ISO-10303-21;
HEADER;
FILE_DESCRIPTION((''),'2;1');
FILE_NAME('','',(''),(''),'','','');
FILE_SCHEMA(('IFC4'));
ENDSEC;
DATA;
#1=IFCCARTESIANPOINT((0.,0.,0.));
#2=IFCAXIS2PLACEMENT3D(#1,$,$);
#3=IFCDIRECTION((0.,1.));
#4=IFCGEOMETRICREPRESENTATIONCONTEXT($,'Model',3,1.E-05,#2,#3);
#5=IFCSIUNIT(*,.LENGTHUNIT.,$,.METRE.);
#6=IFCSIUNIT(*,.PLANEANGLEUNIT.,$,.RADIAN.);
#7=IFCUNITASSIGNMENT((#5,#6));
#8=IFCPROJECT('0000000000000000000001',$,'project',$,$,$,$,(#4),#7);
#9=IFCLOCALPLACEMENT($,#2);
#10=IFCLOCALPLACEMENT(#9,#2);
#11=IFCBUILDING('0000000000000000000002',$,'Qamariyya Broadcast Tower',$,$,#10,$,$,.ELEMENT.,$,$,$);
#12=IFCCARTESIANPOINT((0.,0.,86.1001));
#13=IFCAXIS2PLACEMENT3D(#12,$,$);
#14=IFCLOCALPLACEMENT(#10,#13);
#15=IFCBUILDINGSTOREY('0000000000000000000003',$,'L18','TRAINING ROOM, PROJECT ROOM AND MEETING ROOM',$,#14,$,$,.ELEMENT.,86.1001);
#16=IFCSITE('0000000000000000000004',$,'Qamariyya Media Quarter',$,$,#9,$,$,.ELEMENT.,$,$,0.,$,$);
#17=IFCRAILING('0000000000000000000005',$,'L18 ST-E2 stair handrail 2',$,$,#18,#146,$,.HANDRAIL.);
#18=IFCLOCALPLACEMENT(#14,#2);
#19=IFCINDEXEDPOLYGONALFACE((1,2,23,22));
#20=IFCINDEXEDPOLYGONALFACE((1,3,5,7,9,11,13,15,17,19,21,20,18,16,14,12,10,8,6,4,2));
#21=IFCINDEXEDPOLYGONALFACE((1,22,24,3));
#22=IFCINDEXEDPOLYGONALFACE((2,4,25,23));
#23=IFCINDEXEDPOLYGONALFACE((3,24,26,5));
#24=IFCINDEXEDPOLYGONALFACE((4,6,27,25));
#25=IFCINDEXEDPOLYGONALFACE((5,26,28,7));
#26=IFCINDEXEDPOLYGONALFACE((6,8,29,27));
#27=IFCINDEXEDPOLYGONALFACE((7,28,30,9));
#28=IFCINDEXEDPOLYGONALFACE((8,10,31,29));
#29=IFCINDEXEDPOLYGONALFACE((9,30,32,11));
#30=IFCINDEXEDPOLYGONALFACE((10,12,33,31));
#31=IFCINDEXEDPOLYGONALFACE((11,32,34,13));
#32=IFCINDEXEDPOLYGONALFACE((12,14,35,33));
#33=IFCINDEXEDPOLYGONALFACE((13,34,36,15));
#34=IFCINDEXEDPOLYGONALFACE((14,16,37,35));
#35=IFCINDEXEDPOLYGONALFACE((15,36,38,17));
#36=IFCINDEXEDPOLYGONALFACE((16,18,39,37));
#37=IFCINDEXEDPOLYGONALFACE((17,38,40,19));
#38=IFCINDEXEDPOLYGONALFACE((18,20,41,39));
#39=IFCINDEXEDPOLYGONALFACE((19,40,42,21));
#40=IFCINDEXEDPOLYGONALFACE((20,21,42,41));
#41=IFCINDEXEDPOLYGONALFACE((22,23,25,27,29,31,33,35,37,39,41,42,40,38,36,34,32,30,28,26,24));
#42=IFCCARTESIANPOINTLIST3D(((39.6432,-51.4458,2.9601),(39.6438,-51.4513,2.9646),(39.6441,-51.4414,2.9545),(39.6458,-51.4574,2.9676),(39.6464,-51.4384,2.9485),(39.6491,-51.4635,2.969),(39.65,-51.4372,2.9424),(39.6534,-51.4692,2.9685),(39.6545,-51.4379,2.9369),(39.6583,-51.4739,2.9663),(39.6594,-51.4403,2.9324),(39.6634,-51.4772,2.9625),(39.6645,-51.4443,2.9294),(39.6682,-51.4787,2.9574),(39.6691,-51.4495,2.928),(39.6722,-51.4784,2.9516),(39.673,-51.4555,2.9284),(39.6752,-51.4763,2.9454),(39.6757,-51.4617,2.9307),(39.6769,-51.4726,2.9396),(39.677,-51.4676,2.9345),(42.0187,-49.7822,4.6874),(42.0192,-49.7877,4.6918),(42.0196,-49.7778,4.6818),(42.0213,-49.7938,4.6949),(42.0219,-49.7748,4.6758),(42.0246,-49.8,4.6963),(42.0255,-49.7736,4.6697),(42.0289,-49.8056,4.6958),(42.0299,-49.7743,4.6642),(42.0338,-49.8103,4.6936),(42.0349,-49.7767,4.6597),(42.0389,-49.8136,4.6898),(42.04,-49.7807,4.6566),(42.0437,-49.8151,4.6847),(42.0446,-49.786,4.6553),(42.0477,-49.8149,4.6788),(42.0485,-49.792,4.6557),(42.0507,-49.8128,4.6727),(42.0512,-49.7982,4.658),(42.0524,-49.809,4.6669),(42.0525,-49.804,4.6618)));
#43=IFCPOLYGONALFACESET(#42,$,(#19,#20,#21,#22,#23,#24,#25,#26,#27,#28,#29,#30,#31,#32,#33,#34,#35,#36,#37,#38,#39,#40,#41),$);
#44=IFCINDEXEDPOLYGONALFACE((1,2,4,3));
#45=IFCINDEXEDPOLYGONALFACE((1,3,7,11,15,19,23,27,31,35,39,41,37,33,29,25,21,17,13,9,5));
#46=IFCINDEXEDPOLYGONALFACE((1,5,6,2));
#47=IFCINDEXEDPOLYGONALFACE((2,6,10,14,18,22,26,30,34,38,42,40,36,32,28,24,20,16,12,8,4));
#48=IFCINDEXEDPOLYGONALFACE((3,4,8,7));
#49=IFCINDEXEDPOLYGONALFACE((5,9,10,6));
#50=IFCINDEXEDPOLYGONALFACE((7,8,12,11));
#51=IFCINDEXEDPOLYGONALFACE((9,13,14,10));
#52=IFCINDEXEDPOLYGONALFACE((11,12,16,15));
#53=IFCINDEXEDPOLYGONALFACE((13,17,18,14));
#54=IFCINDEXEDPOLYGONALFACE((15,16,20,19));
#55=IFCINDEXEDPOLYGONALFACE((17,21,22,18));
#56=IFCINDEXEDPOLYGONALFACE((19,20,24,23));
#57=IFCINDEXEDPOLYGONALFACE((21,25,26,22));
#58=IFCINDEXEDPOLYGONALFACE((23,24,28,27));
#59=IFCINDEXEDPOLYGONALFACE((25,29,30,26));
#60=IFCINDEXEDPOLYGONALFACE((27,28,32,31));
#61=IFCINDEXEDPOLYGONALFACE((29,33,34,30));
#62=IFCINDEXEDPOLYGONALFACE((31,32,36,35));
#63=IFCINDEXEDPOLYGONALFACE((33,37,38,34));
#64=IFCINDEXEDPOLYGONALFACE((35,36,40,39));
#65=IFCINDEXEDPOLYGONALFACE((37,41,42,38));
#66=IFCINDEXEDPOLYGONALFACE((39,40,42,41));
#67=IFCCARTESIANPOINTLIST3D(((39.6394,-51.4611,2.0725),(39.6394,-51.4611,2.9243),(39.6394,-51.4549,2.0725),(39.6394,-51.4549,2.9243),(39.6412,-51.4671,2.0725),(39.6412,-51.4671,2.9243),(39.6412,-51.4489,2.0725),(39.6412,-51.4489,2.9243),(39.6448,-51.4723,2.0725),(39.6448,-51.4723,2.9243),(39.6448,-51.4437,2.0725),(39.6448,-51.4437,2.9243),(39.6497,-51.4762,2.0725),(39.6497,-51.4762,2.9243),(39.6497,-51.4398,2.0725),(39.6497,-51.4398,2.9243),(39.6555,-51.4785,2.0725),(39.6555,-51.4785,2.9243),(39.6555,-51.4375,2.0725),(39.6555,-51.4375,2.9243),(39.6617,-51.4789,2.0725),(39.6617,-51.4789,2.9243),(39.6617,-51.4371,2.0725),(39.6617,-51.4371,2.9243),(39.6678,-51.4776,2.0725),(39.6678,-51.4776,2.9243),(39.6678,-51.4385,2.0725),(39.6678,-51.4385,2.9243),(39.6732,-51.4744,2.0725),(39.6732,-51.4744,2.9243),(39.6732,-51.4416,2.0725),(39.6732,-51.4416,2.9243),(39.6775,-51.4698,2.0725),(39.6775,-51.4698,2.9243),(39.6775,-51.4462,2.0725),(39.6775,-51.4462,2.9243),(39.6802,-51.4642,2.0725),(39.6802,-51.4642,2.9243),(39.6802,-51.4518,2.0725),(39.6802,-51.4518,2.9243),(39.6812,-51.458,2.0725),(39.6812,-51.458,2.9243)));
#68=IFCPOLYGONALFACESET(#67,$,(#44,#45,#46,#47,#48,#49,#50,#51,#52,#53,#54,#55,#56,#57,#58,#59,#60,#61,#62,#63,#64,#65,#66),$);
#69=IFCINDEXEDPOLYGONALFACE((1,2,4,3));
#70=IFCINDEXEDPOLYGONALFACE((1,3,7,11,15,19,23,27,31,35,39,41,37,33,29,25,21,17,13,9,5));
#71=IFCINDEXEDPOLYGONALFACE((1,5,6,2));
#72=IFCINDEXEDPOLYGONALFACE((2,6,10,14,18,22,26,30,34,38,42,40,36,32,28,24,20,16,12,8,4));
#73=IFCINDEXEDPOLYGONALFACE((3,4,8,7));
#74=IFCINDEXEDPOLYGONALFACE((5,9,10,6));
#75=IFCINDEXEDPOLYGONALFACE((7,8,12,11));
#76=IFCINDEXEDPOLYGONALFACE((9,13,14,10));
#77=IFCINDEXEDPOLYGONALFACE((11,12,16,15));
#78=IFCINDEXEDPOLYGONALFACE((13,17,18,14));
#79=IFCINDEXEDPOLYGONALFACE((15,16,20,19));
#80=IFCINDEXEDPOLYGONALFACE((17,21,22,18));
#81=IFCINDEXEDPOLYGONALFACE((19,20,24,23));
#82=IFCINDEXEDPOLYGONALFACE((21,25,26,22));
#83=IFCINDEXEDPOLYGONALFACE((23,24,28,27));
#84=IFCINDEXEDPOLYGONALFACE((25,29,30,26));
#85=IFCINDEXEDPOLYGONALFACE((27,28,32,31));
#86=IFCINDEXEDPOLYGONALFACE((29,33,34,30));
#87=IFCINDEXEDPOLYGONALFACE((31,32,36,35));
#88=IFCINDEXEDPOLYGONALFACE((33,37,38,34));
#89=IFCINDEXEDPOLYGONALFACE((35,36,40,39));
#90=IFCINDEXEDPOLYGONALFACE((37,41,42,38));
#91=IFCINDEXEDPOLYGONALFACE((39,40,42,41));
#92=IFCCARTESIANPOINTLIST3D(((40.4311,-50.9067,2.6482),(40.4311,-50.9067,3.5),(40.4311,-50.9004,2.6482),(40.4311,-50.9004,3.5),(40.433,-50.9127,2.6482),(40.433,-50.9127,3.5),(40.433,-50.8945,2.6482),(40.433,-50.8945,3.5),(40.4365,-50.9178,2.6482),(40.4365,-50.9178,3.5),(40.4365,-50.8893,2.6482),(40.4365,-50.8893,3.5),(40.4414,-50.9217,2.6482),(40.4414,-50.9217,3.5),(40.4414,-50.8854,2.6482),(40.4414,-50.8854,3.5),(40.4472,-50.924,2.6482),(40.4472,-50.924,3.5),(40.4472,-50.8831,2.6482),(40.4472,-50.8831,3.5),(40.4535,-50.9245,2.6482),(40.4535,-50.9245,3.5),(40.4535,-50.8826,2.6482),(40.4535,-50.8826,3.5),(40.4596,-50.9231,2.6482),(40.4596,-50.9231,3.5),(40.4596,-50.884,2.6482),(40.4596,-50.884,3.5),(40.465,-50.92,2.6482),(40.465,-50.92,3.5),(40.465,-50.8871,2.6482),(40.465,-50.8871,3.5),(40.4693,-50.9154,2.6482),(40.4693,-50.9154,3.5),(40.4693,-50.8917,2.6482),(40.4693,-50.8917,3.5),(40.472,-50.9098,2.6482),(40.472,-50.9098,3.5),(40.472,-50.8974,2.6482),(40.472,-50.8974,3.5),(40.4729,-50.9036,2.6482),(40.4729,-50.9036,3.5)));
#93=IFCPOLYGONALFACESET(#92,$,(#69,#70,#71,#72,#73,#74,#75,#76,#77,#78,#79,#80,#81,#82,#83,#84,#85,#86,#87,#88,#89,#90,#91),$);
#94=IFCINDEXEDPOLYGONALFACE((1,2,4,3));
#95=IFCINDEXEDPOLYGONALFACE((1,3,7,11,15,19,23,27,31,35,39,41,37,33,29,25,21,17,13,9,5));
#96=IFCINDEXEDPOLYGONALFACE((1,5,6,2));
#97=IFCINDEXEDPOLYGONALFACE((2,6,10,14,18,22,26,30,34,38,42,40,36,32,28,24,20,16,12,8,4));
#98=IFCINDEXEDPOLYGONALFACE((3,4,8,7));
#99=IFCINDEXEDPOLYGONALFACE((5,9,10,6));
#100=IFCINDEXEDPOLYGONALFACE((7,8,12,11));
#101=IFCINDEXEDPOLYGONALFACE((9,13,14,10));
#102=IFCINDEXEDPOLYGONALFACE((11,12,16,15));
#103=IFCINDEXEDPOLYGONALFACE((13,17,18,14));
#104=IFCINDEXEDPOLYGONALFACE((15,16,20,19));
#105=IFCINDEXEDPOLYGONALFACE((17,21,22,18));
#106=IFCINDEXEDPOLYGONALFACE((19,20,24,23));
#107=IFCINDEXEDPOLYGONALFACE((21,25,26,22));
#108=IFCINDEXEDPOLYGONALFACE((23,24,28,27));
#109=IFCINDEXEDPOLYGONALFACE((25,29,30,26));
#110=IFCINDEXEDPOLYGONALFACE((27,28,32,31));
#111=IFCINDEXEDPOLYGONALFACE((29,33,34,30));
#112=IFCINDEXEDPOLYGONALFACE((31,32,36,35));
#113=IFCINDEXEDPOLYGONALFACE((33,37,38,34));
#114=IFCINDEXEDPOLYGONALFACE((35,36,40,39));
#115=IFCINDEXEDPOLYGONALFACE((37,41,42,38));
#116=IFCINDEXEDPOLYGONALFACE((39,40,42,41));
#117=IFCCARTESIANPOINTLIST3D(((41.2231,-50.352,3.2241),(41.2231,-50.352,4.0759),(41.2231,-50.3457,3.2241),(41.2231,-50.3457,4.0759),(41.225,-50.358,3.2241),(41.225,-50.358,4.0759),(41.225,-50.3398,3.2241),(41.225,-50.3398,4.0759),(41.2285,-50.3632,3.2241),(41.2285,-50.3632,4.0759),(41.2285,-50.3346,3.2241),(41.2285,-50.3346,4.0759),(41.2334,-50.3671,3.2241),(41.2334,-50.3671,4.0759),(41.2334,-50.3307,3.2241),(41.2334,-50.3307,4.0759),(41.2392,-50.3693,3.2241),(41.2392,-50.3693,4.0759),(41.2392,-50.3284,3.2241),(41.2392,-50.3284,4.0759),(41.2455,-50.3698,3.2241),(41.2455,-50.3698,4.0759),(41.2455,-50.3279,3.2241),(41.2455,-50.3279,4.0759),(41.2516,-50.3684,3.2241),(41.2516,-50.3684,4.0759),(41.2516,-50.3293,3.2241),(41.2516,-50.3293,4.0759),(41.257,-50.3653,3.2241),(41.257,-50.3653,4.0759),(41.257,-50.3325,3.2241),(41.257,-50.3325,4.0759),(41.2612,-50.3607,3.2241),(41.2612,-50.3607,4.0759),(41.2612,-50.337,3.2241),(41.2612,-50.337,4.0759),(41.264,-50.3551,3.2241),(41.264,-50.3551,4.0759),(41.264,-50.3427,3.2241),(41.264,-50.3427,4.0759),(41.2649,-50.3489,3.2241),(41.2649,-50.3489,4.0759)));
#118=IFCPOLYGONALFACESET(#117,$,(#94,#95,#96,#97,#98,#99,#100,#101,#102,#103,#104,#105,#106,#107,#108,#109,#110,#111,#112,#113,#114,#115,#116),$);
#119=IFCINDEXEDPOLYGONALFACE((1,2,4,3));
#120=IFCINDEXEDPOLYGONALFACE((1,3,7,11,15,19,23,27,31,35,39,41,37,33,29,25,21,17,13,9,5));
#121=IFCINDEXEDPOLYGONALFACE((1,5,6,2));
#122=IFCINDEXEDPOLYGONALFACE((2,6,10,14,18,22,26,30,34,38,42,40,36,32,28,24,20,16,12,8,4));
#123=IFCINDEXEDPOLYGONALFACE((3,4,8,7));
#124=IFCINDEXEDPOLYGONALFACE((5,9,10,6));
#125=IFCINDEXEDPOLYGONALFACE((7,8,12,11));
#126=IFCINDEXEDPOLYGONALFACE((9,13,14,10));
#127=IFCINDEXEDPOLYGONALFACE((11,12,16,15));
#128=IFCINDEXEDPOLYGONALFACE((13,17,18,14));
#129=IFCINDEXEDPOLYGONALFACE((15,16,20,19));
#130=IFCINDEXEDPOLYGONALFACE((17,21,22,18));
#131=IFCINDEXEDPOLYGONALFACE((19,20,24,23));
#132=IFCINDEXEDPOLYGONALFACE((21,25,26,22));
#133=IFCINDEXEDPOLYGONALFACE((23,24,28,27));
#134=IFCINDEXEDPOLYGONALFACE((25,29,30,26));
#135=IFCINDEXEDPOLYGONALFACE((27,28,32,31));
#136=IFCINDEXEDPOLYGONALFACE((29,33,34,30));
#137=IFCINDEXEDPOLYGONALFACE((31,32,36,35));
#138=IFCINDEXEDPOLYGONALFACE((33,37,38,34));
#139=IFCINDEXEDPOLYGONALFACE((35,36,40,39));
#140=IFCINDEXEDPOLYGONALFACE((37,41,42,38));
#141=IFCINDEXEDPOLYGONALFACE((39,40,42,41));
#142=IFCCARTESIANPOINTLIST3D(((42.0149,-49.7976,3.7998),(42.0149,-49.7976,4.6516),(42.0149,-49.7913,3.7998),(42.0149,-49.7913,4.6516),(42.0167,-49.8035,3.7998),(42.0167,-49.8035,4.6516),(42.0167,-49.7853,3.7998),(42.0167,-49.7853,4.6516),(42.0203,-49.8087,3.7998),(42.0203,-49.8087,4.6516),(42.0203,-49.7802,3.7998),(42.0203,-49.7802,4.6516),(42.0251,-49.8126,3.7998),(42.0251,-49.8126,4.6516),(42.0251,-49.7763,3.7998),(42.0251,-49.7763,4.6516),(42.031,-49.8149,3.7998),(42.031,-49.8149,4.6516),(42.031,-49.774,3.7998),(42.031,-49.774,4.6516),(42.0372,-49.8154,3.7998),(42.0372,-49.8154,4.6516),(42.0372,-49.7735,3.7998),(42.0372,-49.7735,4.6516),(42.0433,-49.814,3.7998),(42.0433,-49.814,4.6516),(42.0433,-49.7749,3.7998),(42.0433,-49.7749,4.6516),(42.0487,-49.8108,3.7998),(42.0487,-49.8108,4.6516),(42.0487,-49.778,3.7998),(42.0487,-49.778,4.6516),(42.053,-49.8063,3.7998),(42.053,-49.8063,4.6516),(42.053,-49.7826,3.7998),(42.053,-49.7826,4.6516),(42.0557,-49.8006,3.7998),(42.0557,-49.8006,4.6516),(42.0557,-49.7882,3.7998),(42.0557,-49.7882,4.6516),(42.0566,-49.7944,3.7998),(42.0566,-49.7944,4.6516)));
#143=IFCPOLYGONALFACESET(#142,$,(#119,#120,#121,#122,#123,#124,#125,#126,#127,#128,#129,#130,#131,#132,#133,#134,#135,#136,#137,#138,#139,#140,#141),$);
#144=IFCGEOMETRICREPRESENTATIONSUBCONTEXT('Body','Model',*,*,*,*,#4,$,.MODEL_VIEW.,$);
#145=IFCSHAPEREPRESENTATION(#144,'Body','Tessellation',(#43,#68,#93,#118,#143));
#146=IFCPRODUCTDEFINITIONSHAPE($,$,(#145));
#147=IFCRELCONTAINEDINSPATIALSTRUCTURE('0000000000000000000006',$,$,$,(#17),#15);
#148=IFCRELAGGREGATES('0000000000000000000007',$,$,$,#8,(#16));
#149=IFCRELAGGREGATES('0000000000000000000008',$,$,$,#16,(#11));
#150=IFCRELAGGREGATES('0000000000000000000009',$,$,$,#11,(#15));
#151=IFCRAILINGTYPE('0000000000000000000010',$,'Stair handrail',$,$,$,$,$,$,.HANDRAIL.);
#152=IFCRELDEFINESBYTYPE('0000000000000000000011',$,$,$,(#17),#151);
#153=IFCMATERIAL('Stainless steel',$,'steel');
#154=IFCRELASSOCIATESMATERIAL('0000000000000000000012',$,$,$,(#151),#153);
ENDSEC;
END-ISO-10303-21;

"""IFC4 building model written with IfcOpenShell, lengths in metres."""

from ifc_helpers import new_model, si_unit, direction, frame, origin, origin_2d, place, context, subcontext, project, spatial, circle, extrude, material, type_object, element, save


model = new_model("IFC4")

# Units and contexts
model_context = context("Model", 3, precision=1e-05, world=origin(), true_north=direction((0.0, 1.0)))
body_context = subcontext(model_context, "Body", "Model", "MODEL_VIEW")
ifc_project = project(units=[si_unit("LENGTHUNIT", "METRE"), si_unit("PLANEANGLEUNIT", "RADIAN")], contexts=[model_context])

# Site, building, storey
site_placement = place(None, origin())
site = spatial("IfcSite", under=ifc_project, at=site_placement, Name="Qamariyya Media Quarter", CompositionType="ELEMENT", RefElevation=0.0)
building_placement = place(site_placement, origin())
building = spatial("IfcBuilding", under=site, at=building_placement, Name="Qamariyya Broadcast Tower", CompositionType="ELEMENT")
storey_placement = place(building_placement, frame((0.0, 0.0, 86.1001)))
storey = spatial("IfcBuildingStorey", under=building, at=storey_placement, Name="L18", Description="TRAINING ROOM, PROJECT ROOM AND MEETING ROOM", CompositionType="ELEMENT", Elevation=86.1001)

# Railing
ifc_material_1 = material(Name="Stainless steel", Category="steel")
railing_type_1 = type_object("IfcRailingType", Name="Stair handrail", PredefinedType="HANDRAIL", material=ifc_material_1)
railing_1_placement = place(storey_placement, frame((39.6602, -51.458, 2.0725)))
element("IfcRailing", 1, at=railing_1_placement, inside=storey, type_object=railing_type_1, Name="L18 ST-E2 stair handrail 2", PredefinedType="HANDRAIL", context=body_context, shape_type="SweptSolid", body=[
    extrude(circle(Radius=0.0239, at=origin_2d()), frame((0.0, 0.0, 0.876), z_axis=(0.703745, 0.492838, 0.511716), x_axis=(-0.573632, 0.819113, 0.0)), (0.0, 0.0, 1.0), 3.3755),
    extrude(circle(Radius=0.021, at=origin_2d()), origin(), (0.0, 0.0, 1.0), 0.8518),
    extrude(circle(Radius=0.021, at=origin_2d()), frame((0.7917, 0.5544, 0.5757)), (0.0, 0.0, 1.0), 0.8518),
    extrude(circle(Radius=0.021, at=origin_2d()), frame((1.5837, 1.1091, 1.1516)), (0.0, 0.0, 1.0), 0.8518),
    extrude(circle(Radius=0.021, at=origin_2d()), frame((2.3755, 1.6636, 1.7273)), (0.0, 0.0, 1.0), 0.8518),
])

save(model, "model.ifc")
